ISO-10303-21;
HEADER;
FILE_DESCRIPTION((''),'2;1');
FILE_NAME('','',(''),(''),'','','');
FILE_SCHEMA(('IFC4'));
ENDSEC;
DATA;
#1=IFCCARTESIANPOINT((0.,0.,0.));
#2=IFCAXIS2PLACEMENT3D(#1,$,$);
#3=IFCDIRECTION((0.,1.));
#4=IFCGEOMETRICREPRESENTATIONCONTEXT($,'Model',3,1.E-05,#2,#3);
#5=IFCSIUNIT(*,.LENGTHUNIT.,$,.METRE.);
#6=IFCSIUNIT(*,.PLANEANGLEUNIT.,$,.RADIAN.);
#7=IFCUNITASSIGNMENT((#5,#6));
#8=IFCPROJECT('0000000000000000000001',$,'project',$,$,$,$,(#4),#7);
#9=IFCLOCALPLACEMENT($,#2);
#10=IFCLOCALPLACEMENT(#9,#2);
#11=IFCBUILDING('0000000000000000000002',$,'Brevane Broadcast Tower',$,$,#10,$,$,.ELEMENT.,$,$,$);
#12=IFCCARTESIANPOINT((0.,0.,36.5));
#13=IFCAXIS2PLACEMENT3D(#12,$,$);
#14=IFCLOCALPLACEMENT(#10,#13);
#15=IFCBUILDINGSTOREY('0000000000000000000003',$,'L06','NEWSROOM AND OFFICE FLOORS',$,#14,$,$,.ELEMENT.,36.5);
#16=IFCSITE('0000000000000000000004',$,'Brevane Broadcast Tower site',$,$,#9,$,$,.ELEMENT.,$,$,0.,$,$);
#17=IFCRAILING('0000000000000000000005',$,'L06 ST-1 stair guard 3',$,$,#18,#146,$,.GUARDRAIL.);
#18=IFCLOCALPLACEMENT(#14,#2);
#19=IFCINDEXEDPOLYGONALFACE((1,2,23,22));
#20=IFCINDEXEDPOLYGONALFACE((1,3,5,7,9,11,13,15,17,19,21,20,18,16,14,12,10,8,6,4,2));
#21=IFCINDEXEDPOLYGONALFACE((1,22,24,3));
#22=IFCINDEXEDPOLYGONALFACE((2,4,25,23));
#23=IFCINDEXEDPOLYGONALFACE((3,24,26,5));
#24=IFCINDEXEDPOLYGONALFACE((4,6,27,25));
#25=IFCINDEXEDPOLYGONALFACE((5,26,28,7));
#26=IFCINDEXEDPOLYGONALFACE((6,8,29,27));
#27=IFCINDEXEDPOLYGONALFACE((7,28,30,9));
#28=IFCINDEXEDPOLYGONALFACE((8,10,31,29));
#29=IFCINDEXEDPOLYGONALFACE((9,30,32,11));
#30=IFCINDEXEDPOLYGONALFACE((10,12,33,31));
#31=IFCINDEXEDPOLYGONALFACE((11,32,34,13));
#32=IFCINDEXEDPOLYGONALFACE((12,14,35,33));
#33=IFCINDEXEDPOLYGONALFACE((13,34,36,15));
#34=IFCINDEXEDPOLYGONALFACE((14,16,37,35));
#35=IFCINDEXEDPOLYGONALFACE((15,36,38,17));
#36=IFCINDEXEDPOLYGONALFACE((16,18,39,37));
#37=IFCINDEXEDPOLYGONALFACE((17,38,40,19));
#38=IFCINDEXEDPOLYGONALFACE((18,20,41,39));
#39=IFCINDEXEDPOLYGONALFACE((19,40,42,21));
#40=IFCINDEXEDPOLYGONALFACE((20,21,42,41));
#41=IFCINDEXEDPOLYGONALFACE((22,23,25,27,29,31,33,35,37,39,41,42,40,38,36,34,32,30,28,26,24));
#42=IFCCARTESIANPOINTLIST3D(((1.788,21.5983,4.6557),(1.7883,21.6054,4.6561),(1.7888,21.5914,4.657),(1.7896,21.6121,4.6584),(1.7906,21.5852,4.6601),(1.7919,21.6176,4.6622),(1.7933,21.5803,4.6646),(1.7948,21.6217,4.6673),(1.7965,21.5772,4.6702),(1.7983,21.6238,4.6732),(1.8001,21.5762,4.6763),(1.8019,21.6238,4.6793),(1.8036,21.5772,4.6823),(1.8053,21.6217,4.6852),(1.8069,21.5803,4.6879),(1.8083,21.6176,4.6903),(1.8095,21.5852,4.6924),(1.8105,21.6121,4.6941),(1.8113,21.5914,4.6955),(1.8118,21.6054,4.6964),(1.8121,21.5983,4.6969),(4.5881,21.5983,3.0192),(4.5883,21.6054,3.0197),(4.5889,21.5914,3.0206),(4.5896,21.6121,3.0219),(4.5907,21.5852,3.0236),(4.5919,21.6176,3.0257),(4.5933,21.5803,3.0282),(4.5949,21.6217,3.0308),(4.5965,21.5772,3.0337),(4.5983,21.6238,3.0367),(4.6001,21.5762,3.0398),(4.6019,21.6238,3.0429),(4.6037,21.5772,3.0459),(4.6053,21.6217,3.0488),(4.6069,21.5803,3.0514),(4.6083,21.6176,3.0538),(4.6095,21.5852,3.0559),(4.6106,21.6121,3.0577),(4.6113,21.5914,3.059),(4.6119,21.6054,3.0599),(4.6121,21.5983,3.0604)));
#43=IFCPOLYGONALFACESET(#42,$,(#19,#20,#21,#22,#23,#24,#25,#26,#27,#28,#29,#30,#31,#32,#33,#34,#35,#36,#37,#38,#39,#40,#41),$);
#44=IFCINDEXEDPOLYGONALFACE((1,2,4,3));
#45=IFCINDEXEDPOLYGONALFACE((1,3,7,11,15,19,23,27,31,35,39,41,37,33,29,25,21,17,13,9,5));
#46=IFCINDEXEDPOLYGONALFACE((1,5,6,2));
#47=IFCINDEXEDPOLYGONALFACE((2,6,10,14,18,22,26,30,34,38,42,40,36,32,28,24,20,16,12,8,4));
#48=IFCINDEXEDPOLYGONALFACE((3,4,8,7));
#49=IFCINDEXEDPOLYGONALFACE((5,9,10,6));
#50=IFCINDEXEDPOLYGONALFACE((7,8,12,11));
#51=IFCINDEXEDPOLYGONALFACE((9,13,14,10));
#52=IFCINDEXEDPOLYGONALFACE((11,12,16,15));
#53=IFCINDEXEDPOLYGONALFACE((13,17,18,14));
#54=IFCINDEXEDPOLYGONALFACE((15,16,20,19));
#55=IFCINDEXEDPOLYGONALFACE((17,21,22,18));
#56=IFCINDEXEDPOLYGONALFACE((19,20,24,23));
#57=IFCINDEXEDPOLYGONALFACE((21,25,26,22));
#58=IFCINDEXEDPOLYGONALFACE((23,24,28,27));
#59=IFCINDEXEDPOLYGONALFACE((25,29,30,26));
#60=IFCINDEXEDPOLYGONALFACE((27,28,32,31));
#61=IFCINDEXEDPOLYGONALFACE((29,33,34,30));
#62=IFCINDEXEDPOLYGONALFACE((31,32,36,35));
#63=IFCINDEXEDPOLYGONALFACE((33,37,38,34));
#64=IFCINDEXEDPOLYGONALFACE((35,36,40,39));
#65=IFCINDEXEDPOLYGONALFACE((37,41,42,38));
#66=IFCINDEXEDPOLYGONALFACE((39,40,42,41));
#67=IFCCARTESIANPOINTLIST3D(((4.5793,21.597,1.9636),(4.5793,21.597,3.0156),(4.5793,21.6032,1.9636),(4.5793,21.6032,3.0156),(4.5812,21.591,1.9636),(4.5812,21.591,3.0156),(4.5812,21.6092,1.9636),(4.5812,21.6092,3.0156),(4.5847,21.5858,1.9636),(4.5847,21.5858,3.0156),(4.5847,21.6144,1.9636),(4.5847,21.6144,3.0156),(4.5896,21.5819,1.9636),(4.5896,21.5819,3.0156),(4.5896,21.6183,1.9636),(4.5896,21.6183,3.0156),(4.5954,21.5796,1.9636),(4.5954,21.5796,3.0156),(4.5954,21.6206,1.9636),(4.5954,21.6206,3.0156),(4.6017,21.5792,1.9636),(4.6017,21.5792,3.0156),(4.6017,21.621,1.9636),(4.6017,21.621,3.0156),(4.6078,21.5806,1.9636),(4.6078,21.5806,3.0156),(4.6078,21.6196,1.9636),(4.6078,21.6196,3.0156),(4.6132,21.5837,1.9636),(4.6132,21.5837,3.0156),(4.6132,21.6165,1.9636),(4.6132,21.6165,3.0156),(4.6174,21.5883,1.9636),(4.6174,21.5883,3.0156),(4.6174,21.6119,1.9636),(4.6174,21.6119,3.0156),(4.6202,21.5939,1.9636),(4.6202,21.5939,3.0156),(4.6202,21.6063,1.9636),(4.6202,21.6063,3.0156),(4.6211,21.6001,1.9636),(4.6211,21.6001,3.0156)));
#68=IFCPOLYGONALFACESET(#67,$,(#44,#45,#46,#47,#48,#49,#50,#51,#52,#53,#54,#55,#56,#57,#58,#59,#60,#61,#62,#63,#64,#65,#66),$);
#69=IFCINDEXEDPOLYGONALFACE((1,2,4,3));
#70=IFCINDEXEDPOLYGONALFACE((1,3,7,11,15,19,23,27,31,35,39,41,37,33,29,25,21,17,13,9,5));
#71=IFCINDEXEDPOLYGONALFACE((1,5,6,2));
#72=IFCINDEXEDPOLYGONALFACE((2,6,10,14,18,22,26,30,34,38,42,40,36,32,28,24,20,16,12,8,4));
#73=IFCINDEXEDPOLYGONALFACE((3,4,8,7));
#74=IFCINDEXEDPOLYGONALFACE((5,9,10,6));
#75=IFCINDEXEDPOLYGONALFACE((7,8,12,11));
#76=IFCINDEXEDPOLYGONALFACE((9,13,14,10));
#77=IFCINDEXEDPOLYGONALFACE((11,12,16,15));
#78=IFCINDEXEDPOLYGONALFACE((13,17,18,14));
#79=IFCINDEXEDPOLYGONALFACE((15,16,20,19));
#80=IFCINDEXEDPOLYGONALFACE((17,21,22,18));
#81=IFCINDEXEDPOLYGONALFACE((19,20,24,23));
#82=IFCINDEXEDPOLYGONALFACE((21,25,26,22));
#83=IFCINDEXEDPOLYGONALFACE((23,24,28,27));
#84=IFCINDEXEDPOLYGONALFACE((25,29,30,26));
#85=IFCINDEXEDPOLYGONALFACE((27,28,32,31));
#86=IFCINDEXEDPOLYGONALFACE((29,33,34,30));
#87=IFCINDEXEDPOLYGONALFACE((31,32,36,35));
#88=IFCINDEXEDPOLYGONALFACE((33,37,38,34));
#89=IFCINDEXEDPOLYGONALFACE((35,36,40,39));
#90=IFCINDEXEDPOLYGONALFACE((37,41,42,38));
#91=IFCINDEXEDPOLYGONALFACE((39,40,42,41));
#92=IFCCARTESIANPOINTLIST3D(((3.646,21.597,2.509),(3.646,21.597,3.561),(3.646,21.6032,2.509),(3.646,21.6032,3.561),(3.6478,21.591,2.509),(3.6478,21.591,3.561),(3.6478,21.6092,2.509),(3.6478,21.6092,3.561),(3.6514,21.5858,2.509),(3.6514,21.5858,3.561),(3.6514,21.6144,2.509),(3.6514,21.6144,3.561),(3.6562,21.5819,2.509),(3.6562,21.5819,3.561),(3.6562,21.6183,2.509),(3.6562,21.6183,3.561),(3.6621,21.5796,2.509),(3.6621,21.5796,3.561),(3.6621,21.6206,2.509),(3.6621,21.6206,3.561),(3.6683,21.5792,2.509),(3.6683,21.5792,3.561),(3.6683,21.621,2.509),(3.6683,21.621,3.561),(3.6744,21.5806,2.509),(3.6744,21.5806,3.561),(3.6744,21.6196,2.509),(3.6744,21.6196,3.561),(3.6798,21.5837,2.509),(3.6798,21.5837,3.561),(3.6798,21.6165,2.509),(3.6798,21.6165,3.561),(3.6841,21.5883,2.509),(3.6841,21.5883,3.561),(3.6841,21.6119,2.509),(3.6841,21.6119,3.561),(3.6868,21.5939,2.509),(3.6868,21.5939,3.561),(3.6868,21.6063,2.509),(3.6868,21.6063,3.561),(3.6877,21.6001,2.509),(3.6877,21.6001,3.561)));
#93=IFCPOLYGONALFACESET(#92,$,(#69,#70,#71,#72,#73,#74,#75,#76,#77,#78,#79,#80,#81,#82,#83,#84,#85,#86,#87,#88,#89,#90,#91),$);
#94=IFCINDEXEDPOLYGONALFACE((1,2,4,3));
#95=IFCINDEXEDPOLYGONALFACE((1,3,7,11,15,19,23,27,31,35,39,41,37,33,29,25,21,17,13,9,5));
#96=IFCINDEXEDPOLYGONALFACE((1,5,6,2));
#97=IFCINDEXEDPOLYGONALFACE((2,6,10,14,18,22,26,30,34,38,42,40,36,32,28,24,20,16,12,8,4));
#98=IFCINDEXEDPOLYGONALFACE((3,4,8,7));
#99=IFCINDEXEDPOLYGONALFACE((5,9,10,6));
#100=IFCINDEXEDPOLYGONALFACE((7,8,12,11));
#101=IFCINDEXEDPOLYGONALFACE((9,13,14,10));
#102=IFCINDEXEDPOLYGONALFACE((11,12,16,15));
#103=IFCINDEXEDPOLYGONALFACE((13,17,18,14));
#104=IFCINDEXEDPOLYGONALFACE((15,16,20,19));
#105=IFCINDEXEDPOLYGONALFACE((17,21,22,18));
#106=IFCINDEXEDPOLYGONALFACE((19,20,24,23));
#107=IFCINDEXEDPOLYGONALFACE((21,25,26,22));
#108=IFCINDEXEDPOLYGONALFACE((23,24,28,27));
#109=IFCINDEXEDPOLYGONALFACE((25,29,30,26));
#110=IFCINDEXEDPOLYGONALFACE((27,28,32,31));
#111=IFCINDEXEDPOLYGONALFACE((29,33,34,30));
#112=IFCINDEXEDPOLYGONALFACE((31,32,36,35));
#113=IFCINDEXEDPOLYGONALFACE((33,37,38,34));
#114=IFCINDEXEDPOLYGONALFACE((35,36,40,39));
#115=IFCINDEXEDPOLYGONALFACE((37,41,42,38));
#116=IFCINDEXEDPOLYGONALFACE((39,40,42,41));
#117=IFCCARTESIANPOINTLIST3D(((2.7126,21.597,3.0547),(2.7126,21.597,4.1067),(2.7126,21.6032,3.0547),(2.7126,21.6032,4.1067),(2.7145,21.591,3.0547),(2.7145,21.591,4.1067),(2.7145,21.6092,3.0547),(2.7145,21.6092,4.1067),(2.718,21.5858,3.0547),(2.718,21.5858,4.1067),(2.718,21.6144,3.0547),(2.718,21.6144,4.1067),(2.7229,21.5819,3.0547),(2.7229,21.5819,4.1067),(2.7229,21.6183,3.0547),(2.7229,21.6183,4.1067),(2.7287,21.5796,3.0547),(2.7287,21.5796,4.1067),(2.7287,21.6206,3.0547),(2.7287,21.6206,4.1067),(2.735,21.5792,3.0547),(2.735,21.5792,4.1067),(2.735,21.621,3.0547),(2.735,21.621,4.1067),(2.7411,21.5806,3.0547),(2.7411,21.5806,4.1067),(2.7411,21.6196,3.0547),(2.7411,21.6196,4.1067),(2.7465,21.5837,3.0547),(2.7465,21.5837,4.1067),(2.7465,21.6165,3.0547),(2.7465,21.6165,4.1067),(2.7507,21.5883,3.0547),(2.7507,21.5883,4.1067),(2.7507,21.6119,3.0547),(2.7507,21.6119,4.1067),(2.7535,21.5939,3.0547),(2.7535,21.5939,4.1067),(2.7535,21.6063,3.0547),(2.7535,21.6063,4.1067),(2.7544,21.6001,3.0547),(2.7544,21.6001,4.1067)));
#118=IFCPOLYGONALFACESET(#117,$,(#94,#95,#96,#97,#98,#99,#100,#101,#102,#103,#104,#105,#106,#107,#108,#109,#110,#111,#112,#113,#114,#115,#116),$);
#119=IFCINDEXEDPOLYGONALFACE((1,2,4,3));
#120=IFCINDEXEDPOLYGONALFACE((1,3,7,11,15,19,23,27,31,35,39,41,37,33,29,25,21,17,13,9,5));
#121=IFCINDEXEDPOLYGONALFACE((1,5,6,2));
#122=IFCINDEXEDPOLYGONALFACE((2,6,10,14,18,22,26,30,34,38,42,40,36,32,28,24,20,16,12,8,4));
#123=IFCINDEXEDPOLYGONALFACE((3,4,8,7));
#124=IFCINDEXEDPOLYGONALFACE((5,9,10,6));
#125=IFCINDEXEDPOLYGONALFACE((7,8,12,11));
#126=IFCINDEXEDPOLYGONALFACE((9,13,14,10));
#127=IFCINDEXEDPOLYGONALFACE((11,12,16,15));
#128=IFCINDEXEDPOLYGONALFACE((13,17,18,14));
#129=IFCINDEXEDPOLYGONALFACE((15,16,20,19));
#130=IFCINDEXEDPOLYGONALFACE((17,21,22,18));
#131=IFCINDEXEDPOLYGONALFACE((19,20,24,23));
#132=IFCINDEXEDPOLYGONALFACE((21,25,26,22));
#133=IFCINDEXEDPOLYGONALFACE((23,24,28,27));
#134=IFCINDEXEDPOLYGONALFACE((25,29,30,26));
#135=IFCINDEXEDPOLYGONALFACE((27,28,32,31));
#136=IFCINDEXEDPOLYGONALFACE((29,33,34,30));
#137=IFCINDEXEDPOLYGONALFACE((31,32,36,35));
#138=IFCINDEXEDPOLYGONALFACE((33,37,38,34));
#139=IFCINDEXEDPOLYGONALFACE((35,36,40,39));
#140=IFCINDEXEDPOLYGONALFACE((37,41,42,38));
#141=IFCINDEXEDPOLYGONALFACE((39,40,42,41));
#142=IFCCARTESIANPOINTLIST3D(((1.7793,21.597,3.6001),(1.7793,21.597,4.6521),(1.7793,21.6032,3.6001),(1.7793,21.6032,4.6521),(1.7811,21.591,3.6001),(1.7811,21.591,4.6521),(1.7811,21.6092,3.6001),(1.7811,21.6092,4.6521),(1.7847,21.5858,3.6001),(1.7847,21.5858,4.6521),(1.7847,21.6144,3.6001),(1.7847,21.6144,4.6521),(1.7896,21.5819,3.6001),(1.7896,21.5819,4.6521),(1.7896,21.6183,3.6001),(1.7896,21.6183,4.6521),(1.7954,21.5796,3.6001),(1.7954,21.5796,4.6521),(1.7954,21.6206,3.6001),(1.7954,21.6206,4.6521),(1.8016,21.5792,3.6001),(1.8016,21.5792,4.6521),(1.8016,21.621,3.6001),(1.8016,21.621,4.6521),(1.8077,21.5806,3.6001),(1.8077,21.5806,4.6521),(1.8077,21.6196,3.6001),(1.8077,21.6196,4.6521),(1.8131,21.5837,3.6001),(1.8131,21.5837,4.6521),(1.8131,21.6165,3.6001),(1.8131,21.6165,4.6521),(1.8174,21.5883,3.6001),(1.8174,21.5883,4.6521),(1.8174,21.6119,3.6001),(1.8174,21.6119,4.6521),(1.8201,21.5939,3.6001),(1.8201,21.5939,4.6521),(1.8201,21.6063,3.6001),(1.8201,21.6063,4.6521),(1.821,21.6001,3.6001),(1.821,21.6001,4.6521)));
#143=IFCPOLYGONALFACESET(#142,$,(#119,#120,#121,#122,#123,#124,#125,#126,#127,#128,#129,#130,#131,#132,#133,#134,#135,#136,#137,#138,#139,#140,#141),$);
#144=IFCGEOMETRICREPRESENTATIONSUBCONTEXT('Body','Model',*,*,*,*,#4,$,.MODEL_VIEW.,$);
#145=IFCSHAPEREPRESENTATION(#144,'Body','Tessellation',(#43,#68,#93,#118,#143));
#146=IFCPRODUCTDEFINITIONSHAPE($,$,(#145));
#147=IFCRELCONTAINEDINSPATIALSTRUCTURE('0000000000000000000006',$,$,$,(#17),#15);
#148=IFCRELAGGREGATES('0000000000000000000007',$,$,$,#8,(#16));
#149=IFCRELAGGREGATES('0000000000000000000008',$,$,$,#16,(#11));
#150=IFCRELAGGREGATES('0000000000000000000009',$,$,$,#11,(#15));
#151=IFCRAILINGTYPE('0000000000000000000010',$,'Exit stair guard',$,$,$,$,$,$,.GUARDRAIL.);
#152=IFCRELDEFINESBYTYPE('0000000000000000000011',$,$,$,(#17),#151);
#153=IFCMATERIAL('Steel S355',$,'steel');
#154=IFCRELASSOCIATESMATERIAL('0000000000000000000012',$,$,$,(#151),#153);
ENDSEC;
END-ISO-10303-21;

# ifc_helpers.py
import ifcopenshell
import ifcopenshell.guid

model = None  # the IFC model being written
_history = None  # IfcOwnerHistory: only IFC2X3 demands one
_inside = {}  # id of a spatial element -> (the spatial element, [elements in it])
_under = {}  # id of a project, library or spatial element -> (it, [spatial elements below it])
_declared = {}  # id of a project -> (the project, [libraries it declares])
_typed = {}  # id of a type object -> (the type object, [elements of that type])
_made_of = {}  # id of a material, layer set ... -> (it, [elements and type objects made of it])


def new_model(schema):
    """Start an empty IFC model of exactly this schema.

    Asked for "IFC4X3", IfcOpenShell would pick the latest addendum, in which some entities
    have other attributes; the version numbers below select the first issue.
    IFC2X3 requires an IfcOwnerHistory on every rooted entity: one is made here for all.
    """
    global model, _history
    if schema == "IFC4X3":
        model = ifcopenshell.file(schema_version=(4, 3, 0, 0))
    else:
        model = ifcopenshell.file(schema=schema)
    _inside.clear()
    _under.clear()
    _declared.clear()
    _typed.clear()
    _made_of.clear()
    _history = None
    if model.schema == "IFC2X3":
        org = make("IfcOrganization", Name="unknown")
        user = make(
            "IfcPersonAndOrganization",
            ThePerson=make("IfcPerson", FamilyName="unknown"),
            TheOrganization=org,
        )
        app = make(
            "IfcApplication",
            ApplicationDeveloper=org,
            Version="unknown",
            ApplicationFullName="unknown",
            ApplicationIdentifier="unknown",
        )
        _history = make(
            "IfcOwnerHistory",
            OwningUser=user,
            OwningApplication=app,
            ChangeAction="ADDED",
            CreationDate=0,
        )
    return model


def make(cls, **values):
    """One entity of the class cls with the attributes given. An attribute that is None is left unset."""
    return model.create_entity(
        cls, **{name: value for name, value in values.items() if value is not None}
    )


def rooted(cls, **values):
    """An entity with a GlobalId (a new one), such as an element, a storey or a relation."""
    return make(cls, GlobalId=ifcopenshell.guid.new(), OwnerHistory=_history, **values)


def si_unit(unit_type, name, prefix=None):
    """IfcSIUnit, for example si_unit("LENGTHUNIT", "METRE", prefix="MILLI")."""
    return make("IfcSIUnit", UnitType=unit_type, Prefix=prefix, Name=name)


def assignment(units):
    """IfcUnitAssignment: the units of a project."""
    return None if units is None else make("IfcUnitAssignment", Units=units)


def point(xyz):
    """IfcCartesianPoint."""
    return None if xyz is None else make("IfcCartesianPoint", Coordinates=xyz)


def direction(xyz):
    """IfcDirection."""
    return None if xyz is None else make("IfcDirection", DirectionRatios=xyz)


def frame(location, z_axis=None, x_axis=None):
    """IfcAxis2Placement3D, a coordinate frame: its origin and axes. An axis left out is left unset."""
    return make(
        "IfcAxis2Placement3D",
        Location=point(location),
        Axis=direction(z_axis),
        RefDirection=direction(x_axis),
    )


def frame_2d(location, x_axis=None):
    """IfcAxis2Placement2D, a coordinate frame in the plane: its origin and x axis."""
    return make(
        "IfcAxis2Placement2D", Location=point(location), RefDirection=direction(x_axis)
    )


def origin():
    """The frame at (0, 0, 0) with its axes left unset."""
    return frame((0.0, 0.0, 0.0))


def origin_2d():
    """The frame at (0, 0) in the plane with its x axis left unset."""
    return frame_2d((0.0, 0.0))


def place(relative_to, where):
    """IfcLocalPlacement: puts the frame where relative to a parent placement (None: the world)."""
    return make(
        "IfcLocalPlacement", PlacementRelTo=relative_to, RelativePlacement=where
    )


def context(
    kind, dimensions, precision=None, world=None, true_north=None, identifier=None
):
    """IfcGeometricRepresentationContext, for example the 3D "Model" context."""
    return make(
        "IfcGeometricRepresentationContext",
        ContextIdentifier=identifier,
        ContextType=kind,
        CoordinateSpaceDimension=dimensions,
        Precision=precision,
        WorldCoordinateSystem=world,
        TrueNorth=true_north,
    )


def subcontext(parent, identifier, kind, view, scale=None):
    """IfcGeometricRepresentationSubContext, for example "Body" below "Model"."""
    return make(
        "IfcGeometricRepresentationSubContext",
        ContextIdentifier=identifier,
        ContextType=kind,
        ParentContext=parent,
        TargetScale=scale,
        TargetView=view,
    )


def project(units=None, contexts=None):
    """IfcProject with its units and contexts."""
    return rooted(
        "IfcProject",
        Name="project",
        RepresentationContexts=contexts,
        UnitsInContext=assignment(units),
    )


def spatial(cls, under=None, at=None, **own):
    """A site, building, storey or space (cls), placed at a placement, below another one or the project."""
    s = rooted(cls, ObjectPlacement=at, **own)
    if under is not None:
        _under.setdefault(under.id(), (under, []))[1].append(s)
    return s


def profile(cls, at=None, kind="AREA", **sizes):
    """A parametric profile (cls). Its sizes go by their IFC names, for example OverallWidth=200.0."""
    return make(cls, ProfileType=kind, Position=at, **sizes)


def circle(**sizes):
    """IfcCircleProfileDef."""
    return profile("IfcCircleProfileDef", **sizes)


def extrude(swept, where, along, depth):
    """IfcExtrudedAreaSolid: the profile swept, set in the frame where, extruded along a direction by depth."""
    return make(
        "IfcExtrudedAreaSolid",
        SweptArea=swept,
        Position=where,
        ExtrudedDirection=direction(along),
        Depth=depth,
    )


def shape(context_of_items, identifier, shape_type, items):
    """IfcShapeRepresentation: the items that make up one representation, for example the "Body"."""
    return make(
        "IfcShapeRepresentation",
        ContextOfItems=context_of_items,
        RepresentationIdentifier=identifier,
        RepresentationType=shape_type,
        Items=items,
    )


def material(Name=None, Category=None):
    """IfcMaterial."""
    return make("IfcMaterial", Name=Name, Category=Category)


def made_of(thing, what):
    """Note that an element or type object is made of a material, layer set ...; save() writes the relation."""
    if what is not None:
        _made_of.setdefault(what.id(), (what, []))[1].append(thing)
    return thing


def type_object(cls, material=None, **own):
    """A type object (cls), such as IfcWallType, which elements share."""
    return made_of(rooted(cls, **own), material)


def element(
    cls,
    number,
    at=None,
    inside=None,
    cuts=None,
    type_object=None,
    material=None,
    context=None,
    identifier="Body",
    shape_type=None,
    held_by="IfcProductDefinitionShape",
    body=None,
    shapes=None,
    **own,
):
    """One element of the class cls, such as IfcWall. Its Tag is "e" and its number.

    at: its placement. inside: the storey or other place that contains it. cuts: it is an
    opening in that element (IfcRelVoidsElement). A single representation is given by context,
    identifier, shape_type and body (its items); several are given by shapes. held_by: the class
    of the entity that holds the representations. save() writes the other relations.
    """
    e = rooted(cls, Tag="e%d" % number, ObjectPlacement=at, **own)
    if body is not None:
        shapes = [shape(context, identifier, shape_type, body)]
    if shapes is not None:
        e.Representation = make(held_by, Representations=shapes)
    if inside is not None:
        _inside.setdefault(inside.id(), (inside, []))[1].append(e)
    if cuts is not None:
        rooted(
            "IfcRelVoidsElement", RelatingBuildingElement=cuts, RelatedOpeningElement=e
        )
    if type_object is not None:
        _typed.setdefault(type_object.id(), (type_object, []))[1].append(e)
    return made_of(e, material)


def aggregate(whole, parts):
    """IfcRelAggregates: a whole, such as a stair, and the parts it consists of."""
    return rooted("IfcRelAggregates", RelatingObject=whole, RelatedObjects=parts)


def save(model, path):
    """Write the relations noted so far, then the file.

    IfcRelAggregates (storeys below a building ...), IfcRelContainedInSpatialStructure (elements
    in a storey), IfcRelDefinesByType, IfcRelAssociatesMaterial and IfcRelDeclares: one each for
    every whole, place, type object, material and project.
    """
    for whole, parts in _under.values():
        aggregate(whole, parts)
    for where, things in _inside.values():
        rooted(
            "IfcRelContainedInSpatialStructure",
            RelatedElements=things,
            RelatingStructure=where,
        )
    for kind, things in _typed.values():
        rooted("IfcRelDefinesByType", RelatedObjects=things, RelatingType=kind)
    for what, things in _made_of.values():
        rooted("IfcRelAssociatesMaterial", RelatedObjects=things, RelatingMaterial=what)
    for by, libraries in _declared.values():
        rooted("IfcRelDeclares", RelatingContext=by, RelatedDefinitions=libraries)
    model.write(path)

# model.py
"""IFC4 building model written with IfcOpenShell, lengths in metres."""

from ifc_helpers import new_model, si_unit, direction, frame, origin, origin_2d, place, context, subcontext, project, spatial, circle, extrude, material, type_object, element, save


model = new_model("IFC4")

# Units and contexts
model_context = context("Model", 3, precision=1e-05, world=origin(), true_north=direction((0.0, 1.0)))
body_context = subcontext(model_context, "Body", "Model", "MODEL_VIEW")
ifc_project = project(units=[si_unit("LENGTHUNIT", "METRE"), si_unit("PLANEANGLEUNIT", "RADIAN")], contexts=[model_context])

# Site, building, storey
site_placement = place(None, origin())
site = spatial("IfcSite", under=ifc_project, at=site_placement, Name="Brevane Broadcast Tower site", CompositionType="ELEMENT", RefElevation=0.0)
building_placement = place(site_placement, origin())
building = spatial("IfcBuilding", under=site, at=building_placement, Name="Brevane Broadcast Tower", CompositionType="ELEMENT")
storey_placement = place(building_placement, frame((0.0, 0.0, 36.5)))
storey = spatial("IfcBuildingStorey", under=building, at=storey_placement, Name="L06", Description="NEWSROOM AND OFFICE FLOORS", CompositionType="ELEMENT", Elevation=36.5)

# Shared definitions
ifc_material_1 = material(Name="Steel S355", Category="steel")

# Railing
railing_type_1 = type_object("IfcRailingType", Name="Exit stair guard", PredefinedType="GUARDRAIL", material=ifc_material_1)
railing_1_placement = place(storey_placement, frame((4.6001, 21.6001, 1.9636)))
element("IfcRailing", 1, at=railing_1_placement, inside=storey, type_object=railing_type_1, Name="L06 ST-1 stair guard 3", PredefinedType="GUARDRAIL", context=body_context, shape_type="SweptSolid", body=[
    extrude(circle(Radius=0.0239, at=origin_2d()), frame((0.0, 0.0, 1.0762), z_axis=(-0.863361, 0.0, 0.504587), x_axis=(0.0, -1.0, 0.0)), (0.0, 0.0, 1.0), 3.2432),
    extrude(circle(Radius=0.021, at=origin_2d()), origin(), (0.0, 0.0, 1.0), 1.052),
    extrude(circle(Radius=0.021, at=origin_2d()), frame((-0.9333, 0.0, 0.5454)), (0.0, 0.0, 1.0), 1.052),
    extrude(circle(Radius=0.021, at=origin_2d()), frame((-1.8667, 0.0, 1.0911)), (0.0, 0.0, 1.0), 1.052),
    extrude(circle(Radius=0.021, at=origin_2d()), frame((-2.8, 0.0, 1.6365)), (0.0, 0.0, 1.0), 1.052),
])

save(model, "model.ifc")
